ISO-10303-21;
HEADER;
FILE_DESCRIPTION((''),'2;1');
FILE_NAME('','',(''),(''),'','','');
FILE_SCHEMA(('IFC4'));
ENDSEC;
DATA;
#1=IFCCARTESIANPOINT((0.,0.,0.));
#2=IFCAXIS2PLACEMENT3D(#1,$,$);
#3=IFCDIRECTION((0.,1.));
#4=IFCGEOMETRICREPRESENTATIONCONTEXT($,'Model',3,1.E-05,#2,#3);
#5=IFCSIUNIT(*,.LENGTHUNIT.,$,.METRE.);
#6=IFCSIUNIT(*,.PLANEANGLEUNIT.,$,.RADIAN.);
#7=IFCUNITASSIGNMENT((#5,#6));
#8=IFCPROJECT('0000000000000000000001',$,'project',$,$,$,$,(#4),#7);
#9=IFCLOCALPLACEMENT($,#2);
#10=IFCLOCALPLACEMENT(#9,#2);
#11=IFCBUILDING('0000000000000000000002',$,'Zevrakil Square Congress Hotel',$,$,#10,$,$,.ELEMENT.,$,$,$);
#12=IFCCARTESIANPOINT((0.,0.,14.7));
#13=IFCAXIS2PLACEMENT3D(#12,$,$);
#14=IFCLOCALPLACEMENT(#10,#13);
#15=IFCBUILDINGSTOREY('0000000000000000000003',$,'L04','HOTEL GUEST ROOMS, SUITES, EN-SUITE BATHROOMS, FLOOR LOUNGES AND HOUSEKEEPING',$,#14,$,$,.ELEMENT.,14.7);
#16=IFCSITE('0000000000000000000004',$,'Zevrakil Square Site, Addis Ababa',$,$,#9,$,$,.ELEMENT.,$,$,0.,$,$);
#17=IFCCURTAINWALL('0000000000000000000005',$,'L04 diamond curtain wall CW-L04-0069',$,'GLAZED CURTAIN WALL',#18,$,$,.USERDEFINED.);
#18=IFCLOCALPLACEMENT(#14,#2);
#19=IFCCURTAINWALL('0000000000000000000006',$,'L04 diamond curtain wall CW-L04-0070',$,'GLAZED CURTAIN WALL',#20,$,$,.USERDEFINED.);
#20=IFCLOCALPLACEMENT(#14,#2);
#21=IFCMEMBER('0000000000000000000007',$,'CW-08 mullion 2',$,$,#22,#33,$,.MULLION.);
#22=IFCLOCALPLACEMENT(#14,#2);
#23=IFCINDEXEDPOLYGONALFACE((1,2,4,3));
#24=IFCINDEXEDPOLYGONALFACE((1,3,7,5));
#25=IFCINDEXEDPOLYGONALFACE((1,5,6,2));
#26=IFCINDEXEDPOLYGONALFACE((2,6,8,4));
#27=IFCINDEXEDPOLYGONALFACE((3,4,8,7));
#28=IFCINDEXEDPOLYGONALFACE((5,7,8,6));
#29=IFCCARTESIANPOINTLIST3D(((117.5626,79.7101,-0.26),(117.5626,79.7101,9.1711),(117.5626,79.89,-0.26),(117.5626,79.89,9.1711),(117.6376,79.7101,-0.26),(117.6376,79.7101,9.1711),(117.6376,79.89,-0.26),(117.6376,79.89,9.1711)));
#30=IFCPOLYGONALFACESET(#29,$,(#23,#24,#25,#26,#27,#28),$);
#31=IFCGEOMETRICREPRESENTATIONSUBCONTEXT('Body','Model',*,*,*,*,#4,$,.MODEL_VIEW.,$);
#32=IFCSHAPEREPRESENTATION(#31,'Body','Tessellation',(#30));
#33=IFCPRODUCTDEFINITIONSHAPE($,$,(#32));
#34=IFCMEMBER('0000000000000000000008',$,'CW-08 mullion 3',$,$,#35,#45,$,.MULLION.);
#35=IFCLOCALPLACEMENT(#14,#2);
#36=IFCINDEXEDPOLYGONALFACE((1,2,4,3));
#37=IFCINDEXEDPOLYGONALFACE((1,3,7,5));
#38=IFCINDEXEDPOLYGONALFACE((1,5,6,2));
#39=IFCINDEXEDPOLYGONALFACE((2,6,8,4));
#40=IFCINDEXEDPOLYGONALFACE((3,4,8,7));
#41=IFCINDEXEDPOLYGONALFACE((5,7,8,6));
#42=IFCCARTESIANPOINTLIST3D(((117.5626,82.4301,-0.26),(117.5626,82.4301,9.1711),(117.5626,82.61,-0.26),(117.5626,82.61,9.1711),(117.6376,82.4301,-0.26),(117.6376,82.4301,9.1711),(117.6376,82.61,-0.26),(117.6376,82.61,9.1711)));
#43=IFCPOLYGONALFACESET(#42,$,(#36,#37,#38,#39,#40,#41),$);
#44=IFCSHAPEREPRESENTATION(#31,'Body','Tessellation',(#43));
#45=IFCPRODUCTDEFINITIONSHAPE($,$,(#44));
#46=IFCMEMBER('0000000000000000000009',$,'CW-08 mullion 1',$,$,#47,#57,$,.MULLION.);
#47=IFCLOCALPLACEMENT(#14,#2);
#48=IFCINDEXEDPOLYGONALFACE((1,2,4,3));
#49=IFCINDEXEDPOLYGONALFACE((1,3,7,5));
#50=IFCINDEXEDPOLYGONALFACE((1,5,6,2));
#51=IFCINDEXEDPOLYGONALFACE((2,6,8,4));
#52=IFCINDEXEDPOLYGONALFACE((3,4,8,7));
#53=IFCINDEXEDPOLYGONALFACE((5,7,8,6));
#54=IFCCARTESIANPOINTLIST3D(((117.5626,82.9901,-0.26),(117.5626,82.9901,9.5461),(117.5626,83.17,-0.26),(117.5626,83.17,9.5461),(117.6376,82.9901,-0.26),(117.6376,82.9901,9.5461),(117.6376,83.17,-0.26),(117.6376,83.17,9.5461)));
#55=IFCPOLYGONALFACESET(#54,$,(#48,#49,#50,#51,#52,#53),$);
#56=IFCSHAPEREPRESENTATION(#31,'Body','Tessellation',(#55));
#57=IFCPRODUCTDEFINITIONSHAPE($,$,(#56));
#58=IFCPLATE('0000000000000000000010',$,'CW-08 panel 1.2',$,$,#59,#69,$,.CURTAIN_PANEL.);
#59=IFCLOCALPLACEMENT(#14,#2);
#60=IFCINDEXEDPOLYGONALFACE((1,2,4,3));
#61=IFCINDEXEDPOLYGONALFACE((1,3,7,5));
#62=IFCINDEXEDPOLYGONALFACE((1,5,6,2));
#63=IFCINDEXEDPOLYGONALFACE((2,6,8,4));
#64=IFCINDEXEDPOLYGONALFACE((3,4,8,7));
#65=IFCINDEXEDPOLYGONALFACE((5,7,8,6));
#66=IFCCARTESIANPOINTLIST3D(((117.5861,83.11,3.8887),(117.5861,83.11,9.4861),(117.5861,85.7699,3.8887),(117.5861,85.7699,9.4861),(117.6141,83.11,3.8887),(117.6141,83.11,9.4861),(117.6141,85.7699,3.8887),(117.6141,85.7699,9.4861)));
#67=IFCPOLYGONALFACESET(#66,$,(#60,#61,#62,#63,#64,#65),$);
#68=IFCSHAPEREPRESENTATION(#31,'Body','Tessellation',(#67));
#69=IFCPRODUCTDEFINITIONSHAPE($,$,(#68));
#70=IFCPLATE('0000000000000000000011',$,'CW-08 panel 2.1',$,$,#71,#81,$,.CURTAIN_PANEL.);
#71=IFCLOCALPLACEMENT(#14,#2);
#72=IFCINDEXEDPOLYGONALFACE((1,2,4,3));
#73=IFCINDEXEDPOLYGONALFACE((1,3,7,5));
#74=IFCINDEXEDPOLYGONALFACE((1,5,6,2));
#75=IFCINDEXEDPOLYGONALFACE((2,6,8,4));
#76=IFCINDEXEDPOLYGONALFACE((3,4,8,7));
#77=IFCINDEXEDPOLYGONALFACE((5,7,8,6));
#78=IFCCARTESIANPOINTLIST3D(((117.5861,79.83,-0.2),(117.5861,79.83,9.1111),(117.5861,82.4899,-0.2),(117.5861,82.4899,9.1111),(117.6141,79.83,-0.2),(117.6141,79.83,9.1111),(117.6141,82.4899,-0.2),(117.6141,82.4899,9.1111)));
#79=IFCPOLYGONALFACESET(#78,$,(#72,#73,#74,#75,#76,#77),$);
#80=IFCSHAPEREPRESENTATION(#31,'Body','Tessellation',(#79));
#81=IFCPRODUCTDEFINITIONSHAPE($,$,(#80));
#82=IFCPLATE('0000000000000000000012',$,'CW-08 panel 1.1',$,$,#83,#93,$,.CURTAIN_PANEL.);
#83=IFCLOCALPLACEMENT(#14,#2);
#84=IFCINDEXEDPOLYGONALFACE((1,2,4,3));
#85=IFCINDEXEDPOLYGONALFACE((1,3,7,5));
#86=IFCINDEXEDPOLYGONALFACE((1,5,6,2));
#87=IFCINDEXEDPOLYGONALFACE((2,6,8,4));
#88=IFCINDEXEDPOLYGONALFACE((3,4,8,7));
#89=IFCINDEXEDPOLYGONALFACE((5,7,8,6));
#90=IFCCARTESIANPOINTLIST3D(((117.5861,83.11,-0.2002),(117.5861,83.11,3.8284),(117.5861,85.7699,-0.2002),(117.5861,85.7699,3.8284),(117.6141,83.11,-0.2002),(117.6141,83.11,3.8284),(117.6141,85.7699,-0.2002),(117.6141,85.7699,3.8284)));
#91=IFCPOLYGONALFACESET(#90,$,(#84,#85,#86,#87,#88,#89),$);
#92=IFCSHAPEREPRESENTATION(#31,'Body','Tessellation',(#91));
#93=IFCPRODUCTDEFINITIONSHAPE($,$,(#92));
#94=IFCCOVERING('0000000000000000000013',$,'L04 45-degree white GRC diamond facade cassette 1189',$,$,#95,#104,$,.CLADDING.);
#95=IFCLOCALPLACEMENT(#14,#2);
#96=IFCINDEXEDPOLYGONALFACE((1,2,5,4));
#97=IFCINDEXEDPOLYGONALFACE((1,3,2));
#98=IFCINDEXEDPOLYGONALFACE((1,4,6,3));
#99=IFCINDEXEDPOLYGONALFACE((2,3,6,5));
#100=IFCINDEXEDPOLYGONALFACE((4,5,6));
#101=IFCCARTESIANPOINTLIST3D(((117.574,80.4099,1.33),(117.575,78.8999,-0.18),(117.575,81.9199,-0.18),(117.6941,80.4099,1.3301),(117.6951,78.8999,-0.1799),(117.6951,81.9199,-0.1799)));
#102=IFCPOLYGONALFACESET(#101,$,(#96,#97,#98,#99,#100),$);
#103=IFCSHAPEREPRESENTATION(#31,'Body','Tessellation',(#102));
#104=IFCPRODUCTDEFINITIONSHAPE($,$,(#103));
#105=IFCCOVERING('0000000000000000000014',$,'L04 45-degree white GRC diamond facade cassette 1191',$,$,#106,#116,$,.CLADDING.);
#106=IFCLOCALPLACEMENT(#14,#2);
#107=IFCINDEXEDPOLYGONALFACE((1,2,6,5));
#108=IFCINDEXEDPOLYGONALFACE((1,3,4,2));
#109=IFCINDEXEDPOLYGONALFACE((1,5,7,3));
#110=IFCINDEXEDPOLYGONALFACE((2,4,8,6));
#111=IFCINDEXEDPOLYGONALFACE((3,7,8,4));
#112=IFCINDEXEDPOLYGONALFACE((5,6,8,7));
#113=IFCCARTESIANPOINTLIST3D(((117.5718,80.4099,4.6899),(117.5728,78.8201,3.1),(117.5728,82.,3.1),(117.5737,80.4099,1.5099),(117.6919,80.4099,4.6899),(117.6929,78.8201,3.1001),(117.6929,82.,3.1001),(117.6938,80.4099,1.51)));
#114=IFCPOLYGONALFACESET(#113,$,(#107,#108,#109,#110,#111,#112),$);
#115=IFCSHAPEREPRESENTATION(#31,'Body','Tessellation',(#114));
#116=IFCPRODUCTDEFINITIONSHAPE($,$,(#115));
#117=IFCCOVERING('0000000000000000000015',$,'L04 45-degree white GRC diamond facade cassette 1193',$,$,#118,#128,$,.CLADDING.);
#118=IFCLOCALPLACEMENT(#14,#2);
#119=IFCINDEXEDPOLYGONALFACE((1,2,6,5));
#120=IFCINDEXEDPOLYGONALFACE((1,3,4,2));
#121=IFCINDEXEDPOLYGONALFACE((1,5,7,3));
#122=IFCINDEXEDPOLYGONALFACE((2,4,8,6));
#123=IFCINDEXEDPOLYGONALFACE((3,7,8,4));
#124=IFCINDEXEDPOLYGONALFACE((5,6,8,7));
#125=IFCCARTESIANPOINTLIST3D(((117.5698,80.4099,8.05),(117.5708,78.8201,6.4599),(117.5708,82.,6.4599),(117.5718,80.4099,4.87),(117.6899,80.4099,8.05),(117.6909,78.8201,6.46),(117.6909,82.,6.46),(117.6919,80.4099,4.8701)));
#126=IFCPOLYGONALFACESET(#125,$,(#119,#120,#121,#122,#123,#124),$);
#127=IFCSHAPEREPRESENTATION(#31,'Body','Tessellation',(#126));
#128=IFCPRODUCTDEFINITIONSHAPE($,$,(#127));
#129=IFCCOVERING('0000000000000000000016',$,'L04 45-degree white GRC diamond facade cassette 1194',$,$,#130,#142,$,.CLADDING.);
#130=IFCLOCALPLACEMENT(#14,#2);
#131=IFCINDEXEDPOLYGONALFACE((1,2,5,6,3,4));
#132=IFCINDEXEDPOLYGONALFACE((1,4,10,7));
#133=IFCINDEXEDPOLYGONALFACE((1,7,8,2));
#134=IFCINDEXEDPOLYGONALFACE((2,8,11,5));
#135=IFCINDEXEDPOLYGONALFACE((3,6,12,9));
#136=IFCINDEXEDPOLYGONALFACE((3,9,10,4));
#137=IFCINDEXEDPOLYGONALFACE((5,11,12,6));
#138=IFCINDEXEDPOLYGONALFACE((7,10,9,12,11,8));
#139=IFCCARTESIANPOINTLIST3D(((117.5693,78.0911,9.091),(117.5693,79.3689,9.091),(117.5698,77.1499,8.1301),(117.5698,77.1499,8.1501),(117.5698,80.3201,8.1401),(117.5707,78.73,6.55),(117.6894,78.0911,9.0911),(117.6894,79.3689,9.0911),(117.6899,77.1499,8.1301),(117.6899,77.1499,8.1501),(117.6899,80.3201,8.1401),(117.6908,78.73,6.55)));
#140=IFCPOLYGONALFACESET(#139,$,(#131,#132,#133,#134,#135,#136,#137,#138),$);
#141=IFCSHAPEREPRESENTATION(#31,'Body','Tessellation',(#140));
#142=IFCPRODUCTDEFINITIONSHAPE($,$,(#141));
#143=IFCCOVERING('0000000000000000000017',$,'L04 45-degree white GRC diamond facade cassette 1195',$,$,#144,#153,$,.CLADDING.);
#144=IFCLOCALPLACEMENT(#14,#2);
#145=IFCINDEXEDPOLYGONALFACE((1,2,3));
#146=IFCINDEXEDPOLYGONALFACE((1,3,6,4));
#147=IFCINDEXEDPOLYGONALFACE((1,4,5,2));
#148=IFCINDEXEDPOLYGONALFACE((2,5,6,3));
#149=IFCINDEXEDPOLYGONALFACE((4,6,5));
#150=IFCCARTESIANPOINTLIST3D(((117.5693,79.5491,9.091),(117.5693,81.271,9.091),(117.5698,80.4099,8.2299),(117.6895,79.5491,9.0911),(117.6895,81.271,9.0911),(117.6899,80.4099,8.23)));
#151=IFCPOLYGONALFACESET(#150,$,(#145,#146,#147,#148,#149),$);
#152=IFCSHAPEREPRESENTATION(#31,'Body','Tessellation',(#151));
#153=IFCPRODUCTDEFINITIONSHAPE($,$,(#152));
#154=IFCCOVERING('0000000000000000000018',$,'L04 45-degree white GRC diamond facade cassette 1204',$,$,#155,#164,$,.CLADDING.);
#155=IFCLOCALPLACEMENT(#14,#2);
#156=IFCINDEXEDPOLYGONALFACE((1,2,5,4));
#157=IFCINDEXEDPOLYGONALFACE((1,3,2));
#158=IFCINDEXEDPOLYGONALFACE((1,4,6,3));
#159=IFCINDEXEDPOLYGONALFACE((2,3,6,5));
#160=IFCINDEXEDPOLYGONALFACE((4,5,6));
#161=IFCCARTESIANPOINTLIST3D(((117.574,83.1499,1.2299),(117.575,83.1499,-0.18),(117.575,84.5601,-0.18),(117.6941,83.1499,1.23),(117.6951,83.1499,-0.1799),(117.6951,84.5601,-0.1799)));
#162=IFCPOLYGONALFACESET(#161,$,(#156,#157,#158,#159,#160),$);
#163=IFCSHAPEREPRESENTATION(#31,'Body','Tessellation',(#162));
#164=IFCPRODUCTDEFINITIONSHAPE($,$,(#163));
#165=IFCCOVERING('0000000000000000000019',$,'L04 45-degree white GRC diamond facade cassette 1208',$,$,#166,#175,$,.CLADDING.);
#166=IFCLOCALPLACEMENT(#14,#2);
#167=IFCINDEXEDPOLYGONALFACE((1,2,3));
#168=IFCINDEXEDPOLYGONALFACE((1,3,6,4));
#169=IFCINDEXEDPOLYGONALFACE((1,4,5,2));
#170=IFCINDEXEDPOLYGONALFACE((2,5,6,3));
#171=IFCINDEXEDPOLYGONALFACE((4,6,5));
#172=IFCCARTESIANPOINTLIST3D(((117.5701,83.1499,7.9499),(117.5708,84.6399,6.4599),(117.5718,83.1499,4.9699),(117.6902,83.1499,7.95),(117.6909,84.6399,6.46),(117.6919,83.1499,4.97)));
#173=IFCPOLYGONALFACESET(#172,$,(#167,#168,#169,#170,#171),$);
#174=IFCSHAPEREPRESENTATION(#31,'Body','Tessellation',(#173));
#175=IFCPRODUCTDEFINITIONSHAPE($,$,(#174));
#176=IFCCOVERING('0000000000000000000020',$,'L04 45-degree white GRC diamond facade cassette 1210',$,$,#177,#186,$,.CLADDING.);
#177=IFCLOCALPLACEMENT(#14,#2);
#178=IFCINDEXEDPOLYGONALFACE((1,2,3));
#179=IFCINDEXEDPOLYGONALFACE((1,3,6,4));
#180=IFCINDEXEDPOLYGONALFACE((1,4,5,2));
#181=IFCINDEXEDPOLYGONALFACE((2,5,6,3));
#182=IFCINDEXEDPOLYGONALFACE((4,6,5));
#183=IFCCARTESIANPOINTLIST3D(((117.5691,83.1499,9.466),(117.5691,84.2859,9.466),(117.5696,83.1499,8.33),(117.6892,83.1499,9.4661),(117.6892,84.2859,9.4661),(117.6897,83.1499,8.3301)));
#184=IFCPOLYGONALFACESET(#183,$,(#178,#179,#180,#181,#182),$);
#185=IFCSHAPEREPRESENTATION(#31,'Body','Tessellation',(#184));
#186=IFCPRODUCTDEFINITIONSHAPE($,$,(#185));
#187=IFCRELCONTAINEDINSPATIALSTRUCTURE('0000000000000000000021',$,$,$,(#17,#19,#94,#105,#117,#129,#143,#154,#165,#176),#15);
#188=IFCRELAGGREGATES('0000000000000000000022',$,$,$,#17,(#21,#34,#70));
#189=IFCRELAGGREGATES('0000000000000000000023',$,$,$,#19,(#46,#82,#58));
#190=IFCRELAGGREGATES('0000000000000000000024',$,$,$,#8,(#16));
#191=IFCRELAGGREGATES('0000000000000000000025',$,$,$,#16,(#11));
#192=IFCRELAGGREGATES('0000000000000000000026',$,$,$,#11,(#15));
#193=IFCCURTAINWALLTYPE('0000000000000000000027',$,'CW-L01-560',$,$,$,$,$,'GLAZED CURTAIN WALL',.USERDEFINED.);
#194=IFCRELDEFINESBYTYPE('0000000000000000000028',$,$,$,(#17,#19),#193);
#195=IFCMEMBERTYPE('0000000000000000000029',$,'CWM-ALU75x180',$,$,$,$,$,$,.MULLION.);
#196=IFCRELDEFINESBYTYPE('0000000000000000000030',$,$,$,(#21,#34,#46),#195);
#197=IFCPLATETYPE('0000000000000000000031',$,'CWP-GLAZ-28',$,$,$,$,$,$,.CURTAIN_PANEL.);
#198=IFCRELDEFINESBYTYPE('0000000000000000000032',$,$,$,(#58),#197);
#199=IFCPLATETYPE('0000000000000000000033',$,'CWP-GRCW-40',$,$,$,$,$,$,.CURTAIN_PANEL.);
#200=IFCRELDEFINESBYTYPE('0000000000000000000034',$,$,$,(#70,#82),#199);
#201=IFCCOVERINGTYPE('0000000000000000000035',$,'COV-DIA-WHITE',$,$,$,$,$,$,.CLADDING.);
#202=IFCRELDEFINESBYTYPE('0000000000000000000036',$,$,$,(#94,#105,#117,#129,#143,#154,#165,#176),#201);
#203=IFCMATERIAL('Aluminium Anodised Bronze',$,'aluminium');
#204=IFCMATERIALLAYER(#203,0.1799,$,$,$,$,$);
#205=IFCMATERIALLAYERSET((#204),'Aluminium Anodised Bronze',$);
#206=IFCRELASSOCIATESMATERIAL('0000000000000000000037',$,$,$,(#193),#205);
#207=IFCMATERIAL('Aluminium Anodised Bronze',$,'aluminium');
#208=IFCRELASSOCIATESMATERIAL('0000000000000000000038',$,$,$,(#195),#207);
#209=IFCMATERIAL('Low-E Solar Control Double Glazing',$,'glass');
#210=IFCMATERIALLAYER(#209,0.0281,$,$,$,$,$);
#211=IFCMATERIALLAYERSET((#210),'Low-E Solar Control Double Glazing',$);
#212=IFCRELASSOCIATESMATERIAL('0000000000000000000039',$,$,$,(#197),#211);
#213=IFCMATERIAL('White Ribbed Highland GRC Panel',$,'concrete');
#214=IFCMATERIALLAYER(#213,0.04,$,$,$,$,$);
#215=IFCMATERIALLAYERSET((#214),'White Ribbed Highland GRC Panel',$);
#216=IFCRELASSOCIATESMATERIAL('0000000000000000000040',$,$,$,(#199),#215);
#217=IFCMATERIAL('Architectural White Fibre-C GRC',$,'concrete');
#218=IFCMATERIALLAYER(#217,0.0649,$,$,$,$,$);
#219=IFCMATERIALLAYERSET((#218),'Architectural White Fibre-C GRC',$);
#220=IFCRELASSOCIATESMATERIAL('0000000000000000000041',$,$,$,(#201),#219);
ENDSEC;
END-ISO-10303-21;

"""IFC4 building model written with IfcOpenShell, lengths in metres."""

from ifc_helpers import new_model, si_unit, direction, frame, origin, origin_2d, place, context, subcontext, project, spatial, polyline, rectangle, outline, extrude, material, layer, layer_set, material_profile, profile_set, type_object, element, aggregate, save


model = new_model("IFC4")

# Units and contexts
model_context = context("Model", 3, precision=1e-05, world=origin(), true_north=direction((0.0, 1.0)))
body_context = subcontext(model_context, "Body", "Model", "MODEL_VIEW")
ifc_project = project(units=[si_unit("LENGTHUNIT", "METRE"), si_unit("PLANEANGLEUNIT", "RADIAN")], contexts=[model_context])

# Site, building, storey
site_placement = place(None, origin())
site = spatial("IfcSite", under=ifc_project, at=site_placement, Name="Zevrakil Square Site, Addis Ababa", CompositionType="ELEMENT", RefElevation=0.0)
building_placement = place(site_placement, origin())
building = spatial("IfcBuilding", under=site, at=building_placement, Name="Zevrakil Square Congress Hotel", CompositionType="ELEMENT")
storey_placement = place(building_placement, frame((0.0, 0.0, 14.7)))
storey = spatial("IfcBuildingStorey", under=building, at=storey_placement, Name="L04", Description="HOTEL GUEST ROOMS, SUITES, EN-SUITE BATHROOMS, FLOOR LOUNGES AND HOUSEKEEPING", CompositionType="ELEMENT", Elevation=14.7)

# Curtain walls
ifc_material_1 = material(Name="Aluminium Anodised Bronze", Category="aluminium")
ifc_layer_1 = layer(ifc_material_1, 0.1799)
ifc_layer_set_1 = layer_set([ifc_layer_1], Name="Aluminium Anodised Bronze")
curtain_wall_type = type_object("IfcCurtainWallType", Name="CW-L01-560", ElementType="GLAZED CURTAIN WALL", PredefinedType="USERDEFINED", material=ifc_layer_set_1)
curtain_wall_1_placement = place(storey_placement, origin())
curtain_wall_1 = element("IfcCurtainWall", 1, at=curtain_wall_1_placement, inside=storey, type_object=curtain_wall_type, Name="L04 diamond curtain wall CW-L04-0069", ObjectType="GLAZED CURTAIN WALL", PredefinedType="USERDEFINED")
curtain_wall_2_placement = place(storey_placement, origin())
curtain_wall_2 = element("IfcCurtainWall", 2, at=curtain_wall_2_placement, inside=storey, type_object=curtain_wall_type, Name="L04 diamond curtain wall CW-L04-0070", ObjectType="GLAZED CURTAIN WALL", PredefinedType="USERDEFINED")

# Members
ifc_material_2 = material(Name="Aluminium Anodised Bronze", Category="aluminium")
ifc_material_profile_1 = material_profile(ifc_material_2, rectangle(XDim=0.075, YDim=0.1799, at=origin_2d()), Name="ALU 75x180")
ifc_profile_set_1 = profile_set([ifc_material_profile_1], Name="Aluminium Anodised Bronze")
member_type_1 = type_object("IfcMemberType", Name="CWM-ALU75x180", PredefinedType="MULLION", material=ifc_profile_set_1)
member_1_placement = place(storey_placement, frame((117.6001, 79.8, -0.26), z_axis=(0.0, 0.0, 1.0), x_axis=(-1.0, 0.0, 0.0)))
member_1 = element("IfcMember", 3, at=member_1_placement, type_object=member_type_1, Name="CW-08 mullion 2", PredefinedType="MULLION", context=body_context, shape_type="SweptSolid", body=[
    extrude(rectangle(XDim=0.075, YDim=0.1799, at=origin_2d()), origin(), (0.0, 0.0, 1.0), 9.4312),
])
member_2_placement = place(storey_placement, frame((117.6001, 82.52, -0.26), z_axis=(0.0, 0.0, 1.0), x_axis=(-1.0, 0.0, 0.0)))
member_2 = element("IfcMember", 4, at=member_2_placement, type_object=member_type_1, Name="CW-08 mullion 3", PredefinedType="MULLION", context=body_context, shape_type="SweptSolid", body=[
    extrude(rectangle(XDim=0.075, YDim=0.1799, at=origin_2d()), origin(), (0.0, 0.0, 1.0), 9.4312),
])
member_3_placement = place(storey_placement, frame((117.6001, 83.0801, -0.26), z_axis=(0.0, 0.0, 1.0), x_axis=(-1.0, 0.0, 0.0)))
member_3 = element("IfcMember", 5, at=member_3_placement, type_object=member_type_1, Name="CW-08 mullion 1", PredefinedType="MULLION", context=body_context, shape_type="SweptSolid", body=[
    extrude(rectangle(XDim=0.075, YDim=0.1799, at=origin_2d()), origin(), (0.0, 0.0, 1.0), 9.8062),
])

# Plates
ifc_material_3 = material(Name="Low-E Solar Control Double Glazing", Category="glass")
ifc_layer_2 = layer(ifc_material_3, 0.0281)
ifc_layer_set_2 = layer_set([ifc_layer_2], Name="Low-E Solar Control Double Glazing")
plate_type_1 = type_object("IfcPlateType", Name="CWP-GLAZ-28", PredefinedType="CURTAIN_PANEL", material=ifc_layer_set_2)
plate_1_placement = place(storey_placement, frame((117.6001, 84.4399, 3.8887), z_axis=(0.0, 0.0, 1.0), x_axis=(0.0, 1.0, 0.0)))
plate_1 = element("IfcPlate", 6, at=plate_1_placement, type_object=plate_type_1, Name="CW-08 panel 1.2", PredefinedType="CURTAIN_PANEL", context=body_context, shape_type="SweptSolid", body=[
    extrude(rectangle(XDim=2.6599, YDim=0.0281, at=origin_2d()), origin(), (0.0, 0.0, 1.0), 5.5974),
])
ifc_material_4 = material(Name="White Ribbed Highland GRC Panel", Category="concrete")
ifc_layer_3 = layer(ifc_material_4, 0.04)
ifc_layer_set_3 = layer_set([ifc_layer_3], Name="White Ribbed Highland GRC Panel")
plate_type_2 = type_object("IfcPlateType", Name="CWP-GRCW-40", PredefinedType="CURTAIN_PANEL", material=ifc_layer_set_3)
plate_2_placement = place(storey_placement, frame((117.6001, 81.1599, -0.2), z_axis=(0.0, 0.0, 1.0), x_axis=(0.0, 1.0, 0.0)))
plate_2 = element("IfcPlate", 7, at=plate_2_placement, type_object=plate_type_2, Name="CW-08 panel 2.1", PredefinedType="CURTAIN_PANEL", context=body_context, shape_type="SweptSolid", body=[
    extrude(rectangle(XDim=2.6599, YDim=0.0281, at=origin_2d()), origin(), (0.0, 0.0, 1.0), 9.311),
])
aggregate(curtain_wall_1, [member_1, member_2, plate_2])
plate_3_placement = place(storey_placement, frame((117.6001, 84.4399, -0.2002), z_axis=(0.0, 0.0, 1.0), x_axis=(0.0, 1.0, 0.0)))
plate_3 = element("IfcPlate", 8, at=plate_3_placement, type_object=plate_type_2, Name="CW-08 panel 1.1", PredefinedType="CURTAIN_PANEL", context=body_context, shape_type="SweptSolid", body=[
    extrude(rectangle(XDim=2.6599, YDim=0.0281, at=origin_2d()), origin(), (0.0, 0.0, 1.0), 4.0286),
])
aggregate(curtain_wall_2, [member_3, plate_3, plate_1])

# Coverings
ifc_material_5 = material(Name="Architectural White Fibre-C GRC", Category="concrete")
ifc_layer_4 = layer(ifc_material_5, 0.0649)
ifc_layer_set_4 = layer_set([ifc_layer_4], Name="Architectural White Fibre-C GRC")
covering_type_1 = type_object("IfcCoveringType", Name="COV-DIA-WHITE", PredefinedType="CLADDING", material=ifc_layer_set_4)
covering_1_placement = place(storey_placement, frame((117.6941, 80.4099, 1.3301), z_axis=(1.0, 0.0, 0.000647), x_axis=(0.000457, 0.707107, -0.707107)))
element("IfcCovering", 9, at=covering_1_placement, inside=storey, type_object=covering_type_1, Name="L04 45-degree white GRC diamond facade cassette 1189", PredefinedType="CLADDING", context=body_context, shape_type="SweptSolid", body=[
    extrude(outline(polyline([(0.0, 0.0), (2.1355, 0.0), (0.0, -2.1355), (0.0, 0.0)])), origin(), (0.0, 0.0, -1.0), 0.1201),
])
covering_2_placement = place(storey_placement, frame((117.6919, 80.4099, 4.6899), z_axis=(1.0, 0.0, 0.000614), x_axis=(0.000434, 0.707161, -0.707052)))
element("IfcCovering", 10, at=covering_2_placement, inside=storey, type_object=covering_type_1, Name="L04 45-degree white GRC diamond facade cassette 1191", PredefinedType="CLADDING", context=body_context, shape_type="SweptSolid", body=[
    extrude(outline(polyline([(0.0, 0.0), (2.2486, 0.0), (2.2484, -2.2487), (-0.0002, -2.2484), (0.0, 0.0)])), origin(), (0.0, 0.0, -1.0), 0.1201),
])
covering_3_placement = place(storey_placement, frame((117.6899, 80.4099, 8.05), z_axis=(1.0, 0.0, 0.000614), x_axis=(0.000434, 0.707107, -0.707107)))
element("IfcCovering", 11, at=covering_3_placement, inside=storey, type_object=covering_type_1, Name="L04 45-degree white GRC diamond facade cassette 1193", PredefinedType="CLADDING", context=body_context, shape_type="SweptSolid", body=[
    extrude(outline(polyline([(0.0, 0.0), (2.2487, 0.0), (2.2486, -2.2486), (0.0002, -2.2486), (0.0, 0.0)])), origin(), (0.0, 0.0, -1.0), 0.1201),
])
covering_4_placement = place(storey_placement, frame((117.6899, 80.3201, 8.1401), z_axis=(1.0, -0.000001, 0.000567), x_axis=(0.0004, -0.707107, -0.707107)))
element("IfcCovering", 12, at=covering_4_placement, inside=storey, type_object=covering_type_1, Name="L04 45-degree white GRC diamond facade cassette 1194", PredefinedType="CLADDING", context=body_context, shape_type="SweptSolid", body=[
    extrude(outline(polyline([(0.0, 0.0), (2.2487, 0.0), (2.2487, -2.2346), (2.2346, -2.2487), (0.9037, -2.2486), (0.0002, -1.345), (0.0, 0.0)])), origin(), (0.0, 0.0, -1.0), 0.1201),
])
covering_5_placement = place(storey_placement, frame((117.6899, 80.4099, 8.23), z_axis=(1.0, 0.0, 0.000567), x_axis=(-0.000401, -0.707006, 0.707207)))
element("IfcCovering", 13, at=covering_5_placement, inside=storey, type_object=covering_type_1, Name="L04 45-degree white GRC diamond facade cassette 1195", PredefinedType="CLADDING", context=body_context, shape_type="SweptSolid", body=[
    extrude(outline(polyline([(0.0, 0.0), (1.2176, 0.0), (0.0002, -1.2178), (0.0, 0.0)])), origin(), (0.0, 0.0, -1.0), 0.1201),
])
covering_6_placement = place(storey_placement, frame((117.6951, 84.5601, -0.1799), z_axis=(1.0, 0.0, 0.000693), x_axis=(0.0, -1.0, 0.0)))
element("IfcCovering", 14, at=covering_6_placement, inside=storey, type_object=covering_type_1, Name="L04 45-degree white GRC diamond facade cassette 1204", PredefinedType="CLADDING", context=body_context, shape_type="SweptSolid", body=[
    extrude(outline(polyline([(0.0, 0.0), (1.4102, 0.0), (1.4102, -1.4099), (0.0, 0.0)])), origin(), (0.0, 0.0, -1.0), 0.1201),
])
covering_7_placement = place(storey_placement, frame((117.6909, 84.6399, 6.46), z_axis=(1.0, 0.000082, 0.000573), x_axis=(0.000463, -0.707107, -0.707107)))
element("IfcCovering", 15, at=covering_7_placement, inside=storey, type_object=covering_type_1, Name="L04 45-degree white GRC diamond facade cassette 1208", PredefinedType="CLADDING", context=body_context, shape_type="SweptSolid", body=[
    extrude(outline(polyline([(0.0, 0.0), (2.1072, 0.0), (0.0, -2.1072), (0.0, 0.0)])), origin(), (0.0, 0.0, -1.0), 0.1201),
])
covering_8_placement = place(storey_placement, frame((117.6897, 83.1499, 8.3301), z_axis=(1.0, 0.0, 0.00043), x_axis=(-0.00043, 0.0, 1.0)))
element("IfcCovering", 16, at=covering_8_placement, inside=storey, type_object=covering_type_1, Name="L04 45-degree white GRC diamond facade cassette 1210", PredefinedType="CLADDING", context=body_context, shape_type="SweptSolid", body=[
    extrude(outline(polyline([(0.0, 0.0), (1.136, 0.0), (1.136, -1.136), (0.0, 0.0)])), origin(), (0.0, 0.0, -1.0), 0.1201),
])

save(model, "model.ifc")
